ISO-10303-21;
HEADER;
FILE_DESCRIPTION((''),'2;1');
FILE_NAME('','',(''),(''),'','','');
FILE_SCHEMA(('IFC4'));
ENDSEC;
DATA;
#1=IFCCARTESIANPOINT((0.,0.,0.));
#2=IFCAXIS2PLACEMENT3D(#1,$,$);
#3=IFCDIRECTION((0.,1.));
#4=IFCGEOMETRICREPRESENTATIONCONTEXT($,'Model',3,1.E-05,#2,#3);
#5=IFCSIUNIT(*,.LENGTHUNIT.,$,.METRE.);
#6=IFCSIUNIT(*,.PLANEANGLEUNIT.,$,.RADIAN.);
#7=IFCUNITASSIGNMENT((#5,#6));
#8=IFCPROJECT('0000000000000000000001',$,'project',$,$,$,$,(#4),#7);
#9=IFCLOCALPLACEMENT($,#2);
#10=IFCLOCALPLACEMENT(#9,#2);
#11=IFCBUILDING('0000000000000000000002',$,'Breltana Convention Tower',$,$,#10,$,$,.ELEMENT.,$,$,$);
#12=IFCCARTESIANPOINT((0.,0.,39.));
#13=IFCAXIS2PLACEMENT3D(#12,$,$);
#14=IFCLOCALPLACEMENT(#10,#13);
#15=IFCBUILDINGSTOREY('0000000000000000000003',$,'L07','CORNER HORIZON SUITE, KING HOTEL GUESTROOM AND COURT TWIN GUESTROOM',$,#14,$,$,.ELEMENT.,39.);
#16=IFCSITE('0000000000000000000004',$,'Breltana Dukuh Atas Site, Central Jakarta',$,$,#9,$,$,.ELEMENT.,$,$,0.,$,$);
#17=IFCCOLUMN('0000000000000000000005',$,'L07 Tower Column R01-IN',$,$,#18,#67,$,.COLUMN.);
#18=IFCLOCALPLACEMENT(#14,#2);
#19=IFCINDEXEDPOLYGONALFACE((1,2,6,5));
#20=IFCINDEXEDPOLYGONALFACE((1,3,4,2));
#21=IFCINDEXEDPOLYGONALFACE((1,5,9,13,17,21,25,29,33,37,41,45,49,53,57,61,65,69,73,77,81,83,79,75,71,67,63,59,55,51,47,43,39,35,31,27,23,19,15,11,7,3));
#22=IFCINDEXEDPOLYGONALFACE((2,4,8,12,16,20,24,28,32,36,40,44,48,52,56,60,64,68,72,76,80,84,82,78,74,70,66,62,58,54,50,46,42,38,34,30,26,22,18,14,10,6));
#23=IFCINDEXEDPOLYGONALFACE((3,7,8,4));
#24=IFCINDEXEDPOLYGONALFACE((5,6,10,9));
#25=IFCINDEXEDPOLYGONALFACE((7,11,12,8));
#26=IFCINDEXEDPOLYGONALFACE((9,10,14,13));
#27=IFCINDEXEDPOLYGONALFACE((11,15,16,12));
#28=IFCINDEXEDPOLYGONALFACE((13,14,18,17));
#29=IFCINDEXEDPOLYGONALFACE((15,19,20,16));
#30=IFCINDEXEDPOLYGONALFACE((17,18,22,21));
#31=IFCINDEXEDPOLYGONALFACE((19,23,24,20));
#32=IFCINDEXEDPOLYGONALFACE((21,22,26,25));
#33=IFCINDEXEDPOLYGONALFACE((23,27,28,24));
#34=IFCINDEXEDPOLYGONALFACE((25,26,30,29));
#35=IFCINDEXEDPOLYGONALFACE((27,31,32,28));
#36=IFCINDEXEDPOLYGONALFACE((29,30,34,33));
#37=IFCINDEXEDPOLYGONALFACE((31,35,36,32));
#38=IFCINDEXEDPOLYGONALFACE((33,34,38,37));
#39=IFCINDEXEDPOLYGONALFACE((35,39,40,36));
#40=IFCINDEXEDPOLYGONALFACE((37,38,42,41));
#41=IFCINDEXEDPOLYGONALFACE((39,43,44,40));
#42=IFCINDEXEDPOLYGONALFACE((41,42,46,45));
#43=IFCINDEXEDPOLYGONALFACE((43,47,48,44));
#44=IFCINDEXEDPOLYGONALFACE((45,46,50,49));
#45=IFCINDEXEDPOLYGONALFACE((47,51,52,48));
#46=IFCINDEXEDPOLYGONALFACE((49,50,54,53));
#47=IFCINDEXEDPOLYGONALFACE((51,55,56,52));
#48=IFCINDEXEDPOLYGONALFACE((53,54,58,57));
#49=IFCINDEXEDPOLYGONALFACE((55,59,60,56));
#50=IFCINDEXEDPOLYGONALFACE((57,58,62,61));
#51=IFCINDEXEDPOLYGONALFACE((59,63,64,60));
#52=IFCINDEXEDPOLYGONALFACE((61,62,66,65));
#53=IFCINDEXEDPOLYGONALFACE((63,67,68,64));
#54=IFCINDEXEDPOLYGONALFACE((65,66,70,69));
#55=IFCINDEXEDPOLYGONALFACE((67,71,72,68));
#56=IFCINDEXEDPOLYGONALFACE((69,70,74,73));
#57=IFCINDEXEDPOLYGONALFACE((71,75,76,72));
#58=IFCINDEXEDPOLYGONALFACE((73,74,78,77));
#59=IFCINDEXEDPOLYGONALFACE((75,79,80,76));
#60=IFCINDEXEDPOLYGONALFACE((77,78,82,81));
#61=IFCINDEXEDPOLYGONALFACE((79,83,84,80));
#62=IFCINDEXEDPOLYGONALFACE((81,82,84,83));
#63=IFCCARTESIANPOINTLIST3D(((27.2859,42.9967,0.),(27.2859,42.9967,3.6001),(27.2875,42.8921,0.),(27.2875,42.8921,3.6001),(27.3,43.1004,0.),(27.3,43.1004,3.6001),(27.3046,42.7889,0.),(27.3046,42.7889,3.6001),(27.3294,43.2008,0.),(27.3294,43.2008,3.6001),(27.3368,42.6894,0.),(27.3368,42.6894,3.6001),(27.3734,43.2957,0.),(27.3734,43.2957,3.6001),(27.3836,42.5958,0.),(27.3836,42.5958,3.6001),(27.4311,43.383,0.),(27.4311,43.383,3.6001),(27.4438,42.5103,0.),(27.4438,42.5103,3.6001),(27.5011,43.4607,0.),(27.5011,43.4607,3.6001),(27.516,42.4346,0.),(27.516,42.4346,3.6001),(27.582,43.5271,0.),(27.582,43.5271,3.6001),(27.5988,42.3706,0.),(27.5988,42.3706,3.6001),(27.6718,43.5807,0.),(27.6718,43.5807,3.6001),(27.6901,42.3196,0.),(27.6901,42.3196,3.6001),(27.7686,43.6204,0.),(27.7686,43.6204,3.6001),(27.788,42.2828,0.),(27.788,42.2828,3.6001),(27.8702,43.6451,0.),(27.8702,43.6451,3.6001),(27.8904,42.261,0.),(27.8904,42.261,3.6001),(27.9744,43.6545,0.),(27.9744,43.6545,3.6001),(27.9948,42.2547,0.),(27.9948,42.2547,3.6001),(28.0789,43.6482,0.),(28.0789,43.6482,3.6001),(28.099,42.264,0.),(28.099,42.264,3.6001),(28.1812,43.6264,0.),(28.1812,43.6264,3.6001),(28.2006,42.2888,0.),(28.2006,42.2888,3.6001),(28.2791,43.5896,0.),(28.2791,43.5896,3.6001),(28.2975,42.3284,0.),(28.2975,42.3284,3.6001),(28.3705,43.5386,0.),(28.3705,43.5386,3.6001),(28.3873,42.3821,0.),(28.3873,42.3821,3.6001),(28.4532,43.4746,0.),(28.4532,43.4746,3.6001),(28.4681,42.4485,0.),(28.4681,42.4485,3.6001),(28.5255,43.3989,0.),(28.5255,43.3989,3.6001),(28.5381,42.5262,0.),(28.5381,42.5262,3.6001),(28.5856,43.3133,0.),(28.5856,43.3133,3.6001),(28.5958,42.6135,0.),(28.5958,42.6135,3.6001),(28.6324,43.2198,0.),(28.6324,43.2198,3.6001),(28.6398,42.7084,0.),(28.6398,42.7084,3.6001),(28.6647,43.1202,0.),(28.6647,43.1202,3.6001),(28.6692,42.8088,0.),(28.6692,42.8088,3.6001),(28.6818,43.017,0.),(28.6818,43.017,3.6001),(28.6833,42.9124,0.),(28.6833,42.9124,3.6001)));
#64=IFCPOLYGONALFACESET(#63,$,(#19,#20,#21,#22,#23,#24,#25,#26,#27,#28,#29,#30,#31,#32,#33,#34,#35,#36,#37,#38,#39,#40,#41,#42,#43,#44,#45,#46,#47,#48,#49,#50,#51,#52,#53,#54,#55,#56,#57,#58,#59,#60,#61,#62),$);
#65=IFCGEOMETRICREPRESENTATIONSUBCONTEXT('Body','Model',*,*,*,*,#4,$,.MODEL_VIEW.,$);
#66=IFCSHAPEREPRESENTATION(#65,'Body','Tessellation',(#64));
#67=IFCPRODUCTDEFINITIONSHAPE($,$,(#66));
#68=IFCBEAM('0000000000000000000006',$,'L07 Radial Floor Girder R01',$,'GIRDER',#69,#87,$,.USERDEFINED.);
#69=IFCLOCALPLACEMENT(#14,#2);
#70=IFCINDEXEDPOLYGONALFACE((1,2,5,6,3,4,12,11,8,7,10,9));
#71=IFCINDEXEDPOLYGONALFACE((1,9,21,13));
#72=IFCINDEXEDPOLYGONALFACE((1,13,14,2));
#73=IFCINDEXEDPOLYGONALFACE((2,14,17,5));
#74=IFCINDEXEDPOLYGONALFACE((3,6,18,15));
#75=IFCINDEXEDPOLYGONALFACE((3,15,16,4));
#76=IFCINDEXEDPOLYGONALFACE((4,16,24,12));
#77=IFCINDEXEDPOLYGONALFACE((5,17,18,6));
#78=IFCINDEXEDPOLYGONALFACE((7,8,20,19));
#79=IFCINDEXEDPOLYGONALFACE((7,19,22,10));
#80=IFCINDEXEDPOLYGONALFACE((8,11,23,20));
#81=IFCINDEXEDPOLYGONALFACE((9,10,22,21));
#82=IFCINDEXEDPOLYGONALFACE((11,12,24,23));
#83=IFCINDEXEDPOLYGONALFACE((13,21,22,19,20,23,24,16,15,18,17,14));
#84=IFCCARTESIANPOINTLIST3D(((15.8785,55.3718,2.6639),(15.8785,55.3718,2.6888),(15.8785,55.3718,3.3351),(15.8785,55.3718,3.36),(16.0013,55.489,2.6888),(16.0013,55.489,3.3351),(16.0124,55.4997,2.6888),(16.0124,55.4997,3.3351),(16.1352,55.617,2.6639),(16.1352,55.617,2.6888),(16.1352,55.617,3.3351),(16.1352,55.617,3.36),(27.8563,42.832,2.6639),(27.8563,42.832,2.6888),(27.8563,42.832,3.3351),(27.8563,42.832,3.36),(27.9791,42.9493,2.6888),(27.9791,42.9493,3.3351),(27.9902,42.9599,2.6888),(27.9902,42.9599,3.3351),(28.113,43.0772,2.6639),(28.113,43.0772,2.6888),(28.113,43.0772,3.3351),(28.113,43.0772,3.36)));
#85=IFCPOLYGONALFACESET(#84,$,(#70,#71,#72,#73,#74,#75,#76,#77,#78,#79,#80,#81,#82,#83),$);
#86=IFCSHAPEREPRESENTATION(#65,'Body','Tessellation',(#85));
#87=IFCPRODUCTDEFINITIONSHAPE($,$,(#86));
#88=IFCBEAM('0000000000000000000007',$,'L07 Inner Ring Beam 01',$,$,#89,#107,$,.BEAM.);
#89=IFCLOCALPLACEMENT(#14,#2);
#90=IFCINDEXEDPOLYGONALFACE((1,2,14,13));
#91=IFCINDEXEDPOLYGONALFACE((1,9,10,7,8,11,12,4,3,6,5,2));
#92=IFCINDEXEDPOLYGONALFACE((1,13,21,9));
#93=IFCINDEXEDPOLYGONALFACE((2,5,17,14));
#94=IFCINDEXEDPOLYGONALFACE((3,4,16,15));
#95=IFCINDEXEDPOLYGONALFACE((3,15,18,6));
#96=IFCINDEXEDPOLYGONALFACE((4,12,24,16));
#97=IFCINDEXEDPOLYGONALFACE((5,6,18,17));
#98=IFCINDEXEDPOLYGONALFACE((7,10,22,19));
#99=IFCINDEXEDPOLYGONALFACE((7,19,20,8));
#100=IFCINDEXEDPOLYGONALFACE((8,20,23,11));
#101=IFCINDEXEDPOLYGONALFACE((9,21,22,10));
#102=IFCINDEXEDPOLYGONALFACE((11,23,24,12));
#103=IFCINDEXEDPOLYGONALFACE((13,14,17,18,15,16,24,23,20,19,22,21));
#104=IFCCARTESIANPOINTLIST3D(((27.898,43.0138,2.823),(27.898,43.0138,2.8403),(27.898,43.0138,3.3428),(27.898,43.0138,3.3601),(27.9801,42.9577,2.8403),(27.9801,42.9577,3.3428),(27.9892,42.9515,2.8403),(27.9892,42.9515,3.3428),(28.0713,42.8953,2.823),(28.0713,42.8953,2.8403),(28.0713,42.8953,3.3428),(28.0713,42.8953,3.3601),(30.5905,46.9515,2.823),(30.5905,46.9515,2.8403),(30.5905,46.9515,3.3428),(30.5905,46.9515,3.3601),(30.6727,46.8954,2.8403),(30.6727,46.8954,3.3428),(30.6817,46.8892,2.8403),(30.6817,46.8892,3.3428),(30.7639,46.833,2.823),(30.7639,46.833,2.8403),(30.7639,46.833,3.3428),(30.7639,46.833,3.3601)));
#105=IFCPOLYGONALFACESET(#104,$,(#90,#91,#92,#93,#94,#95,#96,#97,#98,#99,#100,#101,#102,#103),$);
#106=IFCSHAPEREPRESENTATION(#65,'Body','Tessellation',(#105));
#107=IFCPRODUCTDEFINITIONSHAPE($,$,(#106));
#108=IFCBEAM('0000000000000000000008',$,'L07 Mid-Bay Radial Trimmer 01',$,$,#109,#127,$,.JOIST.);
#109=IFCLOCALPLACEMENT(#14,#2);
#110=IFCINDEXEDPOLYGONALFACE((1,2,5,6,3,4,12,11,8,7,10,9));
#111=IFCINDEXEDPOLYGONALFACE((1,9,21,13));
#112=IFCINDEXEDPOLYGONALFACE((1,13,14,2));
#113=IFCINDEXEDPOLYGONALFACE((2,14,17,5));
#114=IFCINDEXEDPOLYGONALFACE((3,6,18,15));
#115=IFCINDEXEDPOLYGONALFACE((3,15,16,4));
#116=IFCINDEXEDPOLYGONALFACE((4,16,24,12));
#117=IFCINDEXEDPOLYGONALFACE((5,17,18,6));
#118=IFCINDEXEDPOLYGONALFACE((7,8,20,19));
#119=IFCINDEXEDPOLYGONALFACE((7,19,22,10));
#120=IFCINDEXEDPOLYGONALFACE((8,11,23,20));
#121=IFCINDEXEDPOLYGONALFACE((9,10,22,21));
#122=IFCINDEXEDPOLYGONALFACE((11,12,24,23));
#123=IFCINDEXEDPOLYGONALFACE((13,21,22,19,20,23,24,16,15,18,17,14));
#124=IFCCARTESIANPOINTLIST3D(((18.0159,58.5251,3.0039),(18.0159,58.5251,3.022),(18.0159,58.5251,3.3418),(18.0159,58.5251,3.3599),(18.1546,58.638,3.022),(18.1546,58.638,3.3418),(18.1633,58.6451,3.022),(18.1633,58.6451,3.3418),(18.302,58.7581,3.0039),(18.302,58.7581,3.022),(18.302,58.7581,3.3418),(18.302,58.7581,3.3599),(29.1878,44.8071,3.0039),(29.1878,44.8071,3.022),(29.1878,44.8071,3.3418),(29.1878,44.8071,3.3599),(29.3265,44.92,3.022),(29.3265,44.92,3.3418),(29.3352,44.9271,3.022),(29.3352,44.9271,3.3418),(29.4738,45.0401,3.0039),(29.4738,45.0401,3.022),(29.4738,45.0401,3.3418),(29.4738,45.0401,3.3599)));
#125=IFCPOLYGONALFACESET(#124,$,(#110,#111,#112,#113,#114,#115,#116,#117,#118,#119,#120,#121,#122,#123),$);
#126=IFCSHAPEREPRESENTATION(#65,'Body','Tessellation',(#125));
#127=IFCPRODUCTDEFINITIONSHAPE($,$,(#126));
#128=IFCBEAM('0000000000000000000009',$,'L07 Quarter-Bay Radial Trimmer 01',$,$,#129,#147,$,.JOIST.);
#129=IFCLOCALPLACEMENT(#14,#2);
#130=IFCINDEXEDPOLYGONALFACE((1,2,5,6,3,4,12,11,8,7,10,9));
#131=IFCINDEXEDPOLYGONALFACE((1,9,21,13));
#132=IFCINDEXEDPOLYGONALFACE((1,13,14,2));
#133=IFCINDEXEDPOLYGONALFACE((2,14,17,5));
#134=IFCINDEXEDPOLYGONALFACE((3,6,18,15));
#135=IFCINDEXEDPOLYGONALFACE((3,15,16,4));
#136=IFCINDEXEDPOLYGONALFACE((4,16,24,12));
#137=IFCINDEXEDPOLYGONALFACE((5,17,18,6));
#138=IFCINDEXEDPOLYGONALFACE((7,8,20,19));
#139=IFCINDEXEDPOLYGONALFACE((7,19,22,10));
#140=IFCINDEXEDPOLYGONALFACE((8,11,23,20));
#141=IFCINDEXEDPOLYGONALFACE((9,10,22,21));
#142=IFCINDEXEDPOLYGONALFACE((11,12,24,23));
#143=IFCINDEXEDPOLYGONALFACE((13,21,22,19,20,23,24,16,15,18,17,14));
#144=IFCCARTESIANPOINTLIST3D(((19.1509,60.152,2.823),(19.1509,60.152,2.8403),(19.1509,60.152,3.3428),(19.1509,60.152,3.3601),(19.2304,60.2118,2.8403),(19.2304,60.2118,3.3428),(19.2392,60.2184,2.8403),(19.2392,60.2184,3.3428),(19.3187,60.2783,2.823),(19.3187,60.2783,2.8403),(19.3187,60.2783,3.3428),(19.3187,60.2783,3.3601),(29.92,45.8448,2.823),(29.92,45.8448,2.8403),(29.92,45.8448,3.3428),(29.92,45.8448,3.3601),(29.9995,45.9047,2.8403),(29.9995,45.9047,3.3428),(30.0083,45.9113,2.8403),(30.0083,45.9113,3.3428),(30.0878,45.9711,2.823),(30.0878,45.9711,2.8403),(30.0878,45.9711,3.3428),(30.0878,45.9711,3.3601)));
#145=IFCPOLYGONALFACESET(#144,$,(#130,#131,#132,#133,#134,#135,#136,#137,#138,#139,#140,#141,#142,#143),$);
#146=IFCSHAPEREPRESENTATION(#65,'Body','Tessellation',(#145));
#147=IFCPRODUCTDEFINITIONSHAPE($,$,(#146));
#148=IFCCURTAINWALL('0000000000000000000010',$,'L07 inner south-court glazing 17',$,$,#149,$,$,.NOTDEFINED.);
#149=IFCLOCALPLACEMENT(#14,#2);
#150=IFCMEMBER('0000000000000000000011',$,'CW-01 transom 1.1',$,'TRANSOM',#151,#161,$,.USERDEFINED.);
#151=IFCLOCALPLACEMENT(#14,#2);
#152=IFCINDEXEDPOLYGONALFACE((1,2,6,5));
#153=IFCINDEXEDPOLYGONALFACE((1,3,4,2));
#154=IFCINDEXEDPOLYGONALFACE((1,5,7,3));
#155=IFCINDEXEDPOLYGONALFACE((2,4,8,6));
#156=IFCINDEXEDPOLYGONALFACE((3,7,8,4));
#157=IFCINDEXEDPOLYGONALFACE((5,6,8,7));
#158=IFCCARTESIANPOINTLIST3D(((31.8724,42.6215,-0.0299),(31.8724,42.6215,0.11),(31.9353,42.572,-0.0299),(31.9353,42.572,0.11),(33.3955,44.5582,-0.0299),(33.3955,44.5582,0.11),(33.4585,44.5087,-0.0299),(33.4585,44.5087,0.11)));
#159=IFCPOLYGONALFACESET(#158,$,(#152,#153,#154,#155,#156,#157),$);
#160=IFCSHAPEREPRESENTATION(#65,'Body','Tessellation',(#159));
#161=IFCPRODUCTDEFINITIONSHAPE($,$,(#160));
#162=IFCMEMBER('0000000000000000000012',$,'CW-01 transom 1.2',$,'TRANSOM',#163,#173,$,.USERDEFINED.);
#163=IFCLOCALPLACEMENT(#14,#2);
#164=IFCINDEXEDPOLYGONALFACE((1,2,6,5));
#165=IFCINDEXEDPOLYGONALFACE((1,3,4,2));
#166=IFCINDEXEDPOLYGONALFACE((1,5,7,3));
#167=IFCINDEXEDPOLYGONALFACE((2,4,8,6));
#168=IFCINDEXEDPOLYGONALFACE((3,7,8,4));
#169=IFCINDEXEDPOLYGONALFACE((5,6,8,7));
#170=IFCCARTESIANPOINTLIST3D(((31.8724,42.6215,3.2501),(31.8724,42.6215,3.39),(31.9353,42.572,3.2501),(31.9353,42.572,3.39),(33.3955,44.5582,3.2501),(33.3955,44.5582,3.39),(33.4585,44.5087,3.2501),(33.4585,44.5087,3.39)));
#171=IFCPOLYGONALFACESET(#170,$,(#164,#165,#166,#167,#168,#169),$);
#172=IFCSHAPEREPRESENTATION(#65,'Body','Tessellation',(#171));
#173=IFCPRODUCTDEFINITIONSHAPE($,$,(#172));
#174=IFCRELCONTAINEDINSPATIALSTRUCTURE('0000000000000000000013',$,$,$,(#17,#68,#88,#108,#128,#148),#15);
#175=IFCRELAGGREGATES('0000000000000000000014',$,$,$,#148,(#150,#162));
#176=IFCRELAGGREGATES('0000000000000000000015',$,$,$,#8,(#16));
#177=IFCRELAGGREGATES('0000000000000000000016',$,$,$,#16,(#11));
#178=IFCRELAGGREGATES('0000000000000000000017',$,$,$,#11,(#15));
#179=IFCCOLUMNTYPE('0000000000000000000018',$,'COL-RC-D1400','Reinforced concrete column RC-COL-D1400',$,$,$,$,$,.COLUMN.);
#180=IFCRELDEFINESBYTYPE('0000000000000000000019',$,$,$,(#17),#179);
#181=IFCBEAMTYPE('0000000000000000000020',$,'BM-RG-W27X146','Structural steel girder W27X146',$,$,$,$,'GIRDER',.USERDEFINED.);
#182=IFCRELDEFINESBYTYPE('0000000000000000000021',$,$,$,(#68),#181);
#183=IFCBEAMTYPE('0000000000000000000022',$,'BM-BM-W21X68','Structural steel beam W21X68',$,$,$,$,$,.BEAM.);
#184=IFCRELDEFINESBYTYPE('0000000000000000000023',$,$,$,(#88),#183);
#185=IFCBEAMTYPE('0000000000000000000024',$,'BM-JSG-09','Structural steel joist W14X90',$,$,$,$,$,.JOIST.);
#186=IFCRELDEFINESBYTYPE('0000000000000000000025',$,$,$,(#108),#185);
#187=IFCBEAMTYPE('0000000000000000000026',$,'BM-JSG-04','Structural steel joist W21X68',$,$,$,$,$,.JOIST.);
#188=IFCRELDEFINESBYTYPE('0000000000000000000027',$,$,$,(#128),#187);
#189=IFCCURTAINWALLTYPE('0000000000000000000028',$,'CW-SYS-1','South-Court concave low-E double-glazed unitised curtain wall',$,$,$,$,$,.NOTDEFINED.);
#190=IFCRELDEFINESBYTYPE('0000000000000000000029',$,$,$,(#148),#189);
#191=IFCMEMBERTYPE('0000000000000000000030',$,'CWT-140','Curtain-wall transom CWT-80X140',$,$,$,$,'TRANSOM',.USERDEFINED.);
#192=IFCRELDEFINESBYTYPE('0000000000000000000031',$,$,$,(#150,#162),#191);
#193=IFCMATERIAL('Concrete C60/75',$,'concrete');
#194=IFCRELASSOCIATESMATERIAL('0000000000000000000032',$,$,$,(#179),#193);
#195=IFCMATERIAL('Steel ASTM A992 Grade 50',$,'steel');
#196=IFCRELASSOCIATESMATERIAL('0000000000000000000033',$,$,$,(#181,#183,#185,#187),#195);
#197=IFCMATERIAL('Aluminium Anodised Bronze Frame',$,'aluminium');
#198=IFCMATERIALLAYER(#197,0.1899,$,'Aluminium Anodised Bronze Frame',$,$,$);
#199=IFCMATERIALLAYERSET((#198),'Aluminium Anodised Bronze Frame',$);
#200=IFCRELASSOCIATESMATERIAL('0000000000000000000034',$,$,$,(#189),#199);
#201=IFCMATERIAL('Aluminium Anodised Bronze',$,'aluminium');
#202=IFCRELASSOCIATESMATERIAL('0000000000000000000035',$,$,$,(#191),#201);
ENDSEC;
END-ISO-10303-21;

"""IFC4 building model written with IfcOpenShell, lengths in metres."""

from ifc_helpers import new_model, si_unit, direction, frame, origin, origin_2d, place, context, subcontext, project, spatial, rectangle, circle, i_section, extrude, source, transform, mapped, material, layer, layer_set, material_profile, profile_set, type_object, type_shapes, element, aggregate, save


model = new_model("IFC4")

# Units and contexts
model_context = context("Model", 3, precision=1e-05, world=origin(), true_north=direction((0.0, 1.0)))
body_context = subcontext(model_context, "Body", "Model", "MODEL_VIEW")
ifc_project = project(units=[si_unit("LENGTHUNIT", "METRE"), si_unit("PLANEANGLEUNIT", "RADIAN")], contexts=[model_context])

# Site, building, storey
site_placement = place(None, origin())
site = spatial("IfcSite", under=ifc_project, at=site_placement, Name="Breltana Dukuh Atas Site, Central Jakarta", CompositionType="ELEMENT", RefElevation=0.0)
building_placement = place(site_placement, origin())
building = spatial("IfcBuilding", under=site, at=building_placement, Name="Breltana Convention Tower", CompositionType="ELEMENT")
storey_placement = place(building_placement, frame((0.0, 0.0, 39.0)))
storey = spatial("IfcBuildingStorey", under=building, at=storey_placement, Name="L07", Description="CORNER HORIZON SUITE, KING HOTEL GUESTROOM AND COURT TWIN GUESTROOM", CompositionType="ELEMENT", Elevation=39.0)

# Column
ifc_material_1 = material(Name="Concrete C60/75", Category="concrete")
ifc_material_profile_1 = material_profile(ifc_material_1, circle(Radius=0.7, at=origin_2d()), Name="RC-COL-D1400")
ifc_profile_set_1 = profile_set([ifc_material_profile_1], Name="Concrete C60/75")
column_type = type_object("IfcColumnType", Name="COL-RC-D1400", Description="Reinforced concrete column RC-COL-D1400", PredefinedType="COLUMN", material=ifc_profile_set_1)
shared_shape_1 = source(origin(), body_context, "Body", "SweptSolid", [
    extrude(circle(Radius=0.7, at=origin_2d()), origin(), (0.0, 0.0, 1.0), 3.6001),
])
column_placement = place(storey_placement, frame((27.9846, 42.9546, 0.0), z_axis=(0.0, 0.0, 1.0), x_axis=(-0.690756, 0.723088, 0.0)))
element("IfcColumn", 1, at=column_placement, inside=storey, type_object=column_type, Name="L07 Tower Column R01-IN", PredefinedType="COLUMN", context=body_context, shape_type="MappedRepresentation", body=[
    mapped(shared_shape_1, transform((0.0, 0.0, 0.0), scale=1.0)),
])

# Beams
ifc_material_2 = material(Name="Steel ASTM A992 Grade 50", Category="steel")
ifc_material_profile_2 = material_profile(ifc_material_2, i_section(OverallWidth=0.355, OverallDepth=0.696, WebThickness=0.0154, FlangeThickness=0.0249, at=origin_2d()), Name="W27X146")
ifc_profile_set_2 = profile_set([ifc_material_profile_2], Name="Steel ASTM A992 Grade 50")
beam_type_1 = type_object("IfcBeamType", Name="BM-RG-W27X146", Description="Structural steel girder W27X146", ElementType="GIRDER", PredefinedType="USERDEFINED", material=ifc_profile_set_2)
shared_shape_2 = source(origin(), body_context, "Body", "SweptSolid", [
    extrude(i_section(OverallWidth=0.355, OverallDepth=0.696, WebThickness=0.0154, FlangeThickness=0.0249, at=origin_2d()), origin(), (0.0, 0.0, 1.0), 17.3411),
])
type_shapes(beam_type_1, [shared_shape_2])
beam_1_placement = place(storey_placement, frame((27.9846, 42.9546, 3.012), z_axis=(-0.690716, 0.723126, 0.0), x_axis=(-0.723126, -0.690716, 0.0)))
element("IfcBeam", 2, at=beam_1_placement, inside=storey, type_object=beam_type_1, Name="L07 Radial Floor Girder R01", ObjectType="GIRDER", PredefinedType="USERDEFINED", context=body_context, shape_type="MappedRepresentation", body=[
    mapped(shared_shape_2, transform((0.0, 0.0, 0.0), scale=1.0)),
])
ifc_material_profile_3 = material_profile(ifc_material_2, i_section(OverallWidth=0.21, OverallDepth=0.5371, WebThickness=0.011, FlangeThickness=0.0173, at=origin_2d()), Name="W21X68")
ifc_profile_set_3 = profile_set([ifc_material_profile_3], Name="Steel ASTM A992 Grade 50")
beam_type_2 = type_object("IfcBeamType", Name="BM-BM-W21X68", Description="Structural steel beam W21X68", PredefinedType="BEAM", material=ifc_profile_set_3)
shared_shape_3 = source(origin(), body_context, "Body", "SweptSolid", [
    extrude(i_section(OverallWidth=0.21, OverallDepth=0.5371, WebThickness=0.011, FlangeThickness=0.0173, at=origin_2d()), origin(), (0.0, 0.0, 1.0), 4.7703),
])
beam_2_placement = place(storey_placement, frame((27.9846, 42.9546, 3.0916), z_axis=(0.564453, 0.825465, 0.0), x_axis=(-0.825465, 0.564453, 0.0)))
element("IfcBeam", 3, at=beam_2_placement, inside=storey, type_object=beam_type_2, Name="L07 Inner Ring Beam 01", PredefinedType="BEAM", context=body_context, shape_type="MappedRepresentation", body=[
    mapped(shared_shape_3, transform((0.0, 0.0, 0.0), scale=1.0)),
])
ifc_material_profile_4 = material_profile(ifc_material_2, i_section(OverallWidth=0.3689, OverallDepth=0.356, WebThickness=0.0112, FlangeThickness=0.0181, at=origin_2d()), Name="W14X90")
ifc_profile_set_4 = profile_set([ifc_material_profile_4], Name="Steel ASTM A992 Grade 50")
beam_type_3 = type_object("IfcBeamType", Name="BM-JSG-09", Description="Structural steel joist W14X90", PredefinedType="JOIST", material=ifc_profile_set_4)
shared_shape_4 = source(origin(), body_context, "Body", "SweptSolid", [
    extrude(i_section(OverallWidth=0.3689, OverallDepth=0.356, WebThickness=0.0112, FlangeThickness=0.0181, at=origin_2d()), origin(), (0.0, 0.0, 1.0), 17.6917),
])
type_shapes(beam_type_3, [shared_shape_4])
beam_3_placement = place(storey_placement, frame((29.3308, 44.9236, 3.1819), z_axis=(-0.631477, 0.775395, 0.0), x_axis=(-0.775395, -0.631477, 0.0)))
element("IfcBeam", 4, at=beam_3_placement, inside=storey, type_object=beam_type_3, Name="L07 Mid-Bay Radial Trimmer 01", PredefinedType="JOIST", context=body_context, shape_type="MappedRepresentation", body=[
    mapped(shared_shape_4, transform((0.0, 0.0, 0.0), scale=1.0)),
])
ifc_material_profile_5 = material_profile(ifc_material_2, i_section(OverallWidth=0.21, OverallDepth=0.5371, WebThickness=0.011, FlangeThickness=0.0173, at=origin_2d()), Name="W21X68")
ifc_profile_set_5 = profile_set([ifc_material_profile_5], Name="Steel ASTM A992 Grade 50")
beam_type_4 = type_object("IfcBeamType", Name="BM-JSG-04", Description="Structural steel joist W21X68", PredefinedType="JOIST", material=ifc_profile_set_5)
shared_shape_5 = source(origin(), body_context, "Body", "SweptSolid", [
    extrude(i_section(OverallWidth=0.21, OverallDepth=0.5371, WebThickness=0.011, FlangeThickness=0.0173, at=origin_2d()), origin(), (0.0, 0.0, 1.0), 17.9072),
])
beam_4_placement = place(storey_placement, frame((30.0039, 45.908, 3.0916), z_axis=(-0.601382, 0.798962, 0.0), x_axis=(-0.798962, -0.601382, 0.0)))
element("IfcBeam", 5, at=beam_4_placement, inside=storey, type_object=beam_type_4, Name="L07 Quarter-Bay Radial Trimmer 01", PredefinedType="JOIST", context=body_context, shape_type="MappedRepresentation", body=[
    mapped(shared_shape_5, transform((0.0, 0.0, 0.0), scale=1.0)),
])

# Curtain wall, members
ifc_material_3 = material(Name="Aluminium Anodised Bronze Frame", Category="aluminium")
ifc_layer_1 = layer(ifc_material_3, 0.1899, Name="Aluminium Anodised Bronze Frame")
ifc_layer_set_1 = layer_set([ifc_layer_1], Name="Aluminium Anodised Bronze Frame")
curtain_wall_type = type_object("IfcCurtainWallType", Name="CW-SYS-1", Description="South-Court concave low-E double-glazed unitised curtain wall", PredefinedType="NOTDEFINED", material=ifc_layer_set_1)
curtain_wall_1_placement = place(storey_placement, origin())
curtain_wall_1 = element("IfcCurtainWall", 6, at=curtain_wall_1_placement, inside=storey, type_object=curtain_wall_type, Name="L07 inner south-court glazing 17", PredefinedType="NOTDEFINED")
ifc_material_4 = material(Name="Aluminium Anodised Bronze", Category="aluminium")
ifc_material_profile_6 = material_profile(ifc_material_4, rectangle(XDim=0.0801, YDim=0.1399, at=origin_2d()), Name="CWT-80X140")
ifc_profile_set_6 = profile_set([ifc_material_profile_6], Name="Aluminium Anodised Bronze")
member_type_1 = type_object("IfcMemberType", Name="CWT-140", Description="Curtain-wall transom CWT-80X140", ElementType="TRANSOM", PredefinedType="USERDEFINED", material=ifc_profile_set_6)
shared_shape_6 = source(origin(), body_context, "Body", "SweptSolid", [
    extrude(rectangle(XDim=0.0801, YDim=0.1399, at=origin_2d()), origin(), (0.0, 0.0, 1.0), 2.4639),
])
member_1_placement = place(storey_placement, frame((33.427, 44.5334, 0.04), z_axis=(-0.618185, -0.786033, 0.0), x_axis=(0.786033, -0.618185, 0.0)))
member_1 = element("IfcMember", 7, at=member_1_placement, type_object=member_type_1, Name="CW-01 transom 1.1", ObjectType="TRANSOM", PredefinedType="USERDEFINED", context=body_context, shape_type="MappedRepresentation", body=[
    mapped(shared_shape_6, transform((0.0, 0.0, 0.0), scale=1.0)),
])
member_2_placement = place(storey_placement, frame((33.427, 44.5334, 3.3201), z_axis=(-0.618185, -0.786033, 0.0), x_axis=(0.786033, -0.618185, 0.0)))
member_2 = element("IfcMember", 8, at=member_2_placement, type_object=member_type_1, Name="CW-01 transom 1.2", ObjectType="TRANSOM", PredefinedType="USERDEFINED", context=body_context, shape_type="MappedRepresentation", body=[
    mapped(shared_shape_6, transform((0.0, 0.0, 0.0), scale=1.0)),
])

aggregate(curtain_wall_1, [member_1, member_2])

save(model, "model.ifc")
